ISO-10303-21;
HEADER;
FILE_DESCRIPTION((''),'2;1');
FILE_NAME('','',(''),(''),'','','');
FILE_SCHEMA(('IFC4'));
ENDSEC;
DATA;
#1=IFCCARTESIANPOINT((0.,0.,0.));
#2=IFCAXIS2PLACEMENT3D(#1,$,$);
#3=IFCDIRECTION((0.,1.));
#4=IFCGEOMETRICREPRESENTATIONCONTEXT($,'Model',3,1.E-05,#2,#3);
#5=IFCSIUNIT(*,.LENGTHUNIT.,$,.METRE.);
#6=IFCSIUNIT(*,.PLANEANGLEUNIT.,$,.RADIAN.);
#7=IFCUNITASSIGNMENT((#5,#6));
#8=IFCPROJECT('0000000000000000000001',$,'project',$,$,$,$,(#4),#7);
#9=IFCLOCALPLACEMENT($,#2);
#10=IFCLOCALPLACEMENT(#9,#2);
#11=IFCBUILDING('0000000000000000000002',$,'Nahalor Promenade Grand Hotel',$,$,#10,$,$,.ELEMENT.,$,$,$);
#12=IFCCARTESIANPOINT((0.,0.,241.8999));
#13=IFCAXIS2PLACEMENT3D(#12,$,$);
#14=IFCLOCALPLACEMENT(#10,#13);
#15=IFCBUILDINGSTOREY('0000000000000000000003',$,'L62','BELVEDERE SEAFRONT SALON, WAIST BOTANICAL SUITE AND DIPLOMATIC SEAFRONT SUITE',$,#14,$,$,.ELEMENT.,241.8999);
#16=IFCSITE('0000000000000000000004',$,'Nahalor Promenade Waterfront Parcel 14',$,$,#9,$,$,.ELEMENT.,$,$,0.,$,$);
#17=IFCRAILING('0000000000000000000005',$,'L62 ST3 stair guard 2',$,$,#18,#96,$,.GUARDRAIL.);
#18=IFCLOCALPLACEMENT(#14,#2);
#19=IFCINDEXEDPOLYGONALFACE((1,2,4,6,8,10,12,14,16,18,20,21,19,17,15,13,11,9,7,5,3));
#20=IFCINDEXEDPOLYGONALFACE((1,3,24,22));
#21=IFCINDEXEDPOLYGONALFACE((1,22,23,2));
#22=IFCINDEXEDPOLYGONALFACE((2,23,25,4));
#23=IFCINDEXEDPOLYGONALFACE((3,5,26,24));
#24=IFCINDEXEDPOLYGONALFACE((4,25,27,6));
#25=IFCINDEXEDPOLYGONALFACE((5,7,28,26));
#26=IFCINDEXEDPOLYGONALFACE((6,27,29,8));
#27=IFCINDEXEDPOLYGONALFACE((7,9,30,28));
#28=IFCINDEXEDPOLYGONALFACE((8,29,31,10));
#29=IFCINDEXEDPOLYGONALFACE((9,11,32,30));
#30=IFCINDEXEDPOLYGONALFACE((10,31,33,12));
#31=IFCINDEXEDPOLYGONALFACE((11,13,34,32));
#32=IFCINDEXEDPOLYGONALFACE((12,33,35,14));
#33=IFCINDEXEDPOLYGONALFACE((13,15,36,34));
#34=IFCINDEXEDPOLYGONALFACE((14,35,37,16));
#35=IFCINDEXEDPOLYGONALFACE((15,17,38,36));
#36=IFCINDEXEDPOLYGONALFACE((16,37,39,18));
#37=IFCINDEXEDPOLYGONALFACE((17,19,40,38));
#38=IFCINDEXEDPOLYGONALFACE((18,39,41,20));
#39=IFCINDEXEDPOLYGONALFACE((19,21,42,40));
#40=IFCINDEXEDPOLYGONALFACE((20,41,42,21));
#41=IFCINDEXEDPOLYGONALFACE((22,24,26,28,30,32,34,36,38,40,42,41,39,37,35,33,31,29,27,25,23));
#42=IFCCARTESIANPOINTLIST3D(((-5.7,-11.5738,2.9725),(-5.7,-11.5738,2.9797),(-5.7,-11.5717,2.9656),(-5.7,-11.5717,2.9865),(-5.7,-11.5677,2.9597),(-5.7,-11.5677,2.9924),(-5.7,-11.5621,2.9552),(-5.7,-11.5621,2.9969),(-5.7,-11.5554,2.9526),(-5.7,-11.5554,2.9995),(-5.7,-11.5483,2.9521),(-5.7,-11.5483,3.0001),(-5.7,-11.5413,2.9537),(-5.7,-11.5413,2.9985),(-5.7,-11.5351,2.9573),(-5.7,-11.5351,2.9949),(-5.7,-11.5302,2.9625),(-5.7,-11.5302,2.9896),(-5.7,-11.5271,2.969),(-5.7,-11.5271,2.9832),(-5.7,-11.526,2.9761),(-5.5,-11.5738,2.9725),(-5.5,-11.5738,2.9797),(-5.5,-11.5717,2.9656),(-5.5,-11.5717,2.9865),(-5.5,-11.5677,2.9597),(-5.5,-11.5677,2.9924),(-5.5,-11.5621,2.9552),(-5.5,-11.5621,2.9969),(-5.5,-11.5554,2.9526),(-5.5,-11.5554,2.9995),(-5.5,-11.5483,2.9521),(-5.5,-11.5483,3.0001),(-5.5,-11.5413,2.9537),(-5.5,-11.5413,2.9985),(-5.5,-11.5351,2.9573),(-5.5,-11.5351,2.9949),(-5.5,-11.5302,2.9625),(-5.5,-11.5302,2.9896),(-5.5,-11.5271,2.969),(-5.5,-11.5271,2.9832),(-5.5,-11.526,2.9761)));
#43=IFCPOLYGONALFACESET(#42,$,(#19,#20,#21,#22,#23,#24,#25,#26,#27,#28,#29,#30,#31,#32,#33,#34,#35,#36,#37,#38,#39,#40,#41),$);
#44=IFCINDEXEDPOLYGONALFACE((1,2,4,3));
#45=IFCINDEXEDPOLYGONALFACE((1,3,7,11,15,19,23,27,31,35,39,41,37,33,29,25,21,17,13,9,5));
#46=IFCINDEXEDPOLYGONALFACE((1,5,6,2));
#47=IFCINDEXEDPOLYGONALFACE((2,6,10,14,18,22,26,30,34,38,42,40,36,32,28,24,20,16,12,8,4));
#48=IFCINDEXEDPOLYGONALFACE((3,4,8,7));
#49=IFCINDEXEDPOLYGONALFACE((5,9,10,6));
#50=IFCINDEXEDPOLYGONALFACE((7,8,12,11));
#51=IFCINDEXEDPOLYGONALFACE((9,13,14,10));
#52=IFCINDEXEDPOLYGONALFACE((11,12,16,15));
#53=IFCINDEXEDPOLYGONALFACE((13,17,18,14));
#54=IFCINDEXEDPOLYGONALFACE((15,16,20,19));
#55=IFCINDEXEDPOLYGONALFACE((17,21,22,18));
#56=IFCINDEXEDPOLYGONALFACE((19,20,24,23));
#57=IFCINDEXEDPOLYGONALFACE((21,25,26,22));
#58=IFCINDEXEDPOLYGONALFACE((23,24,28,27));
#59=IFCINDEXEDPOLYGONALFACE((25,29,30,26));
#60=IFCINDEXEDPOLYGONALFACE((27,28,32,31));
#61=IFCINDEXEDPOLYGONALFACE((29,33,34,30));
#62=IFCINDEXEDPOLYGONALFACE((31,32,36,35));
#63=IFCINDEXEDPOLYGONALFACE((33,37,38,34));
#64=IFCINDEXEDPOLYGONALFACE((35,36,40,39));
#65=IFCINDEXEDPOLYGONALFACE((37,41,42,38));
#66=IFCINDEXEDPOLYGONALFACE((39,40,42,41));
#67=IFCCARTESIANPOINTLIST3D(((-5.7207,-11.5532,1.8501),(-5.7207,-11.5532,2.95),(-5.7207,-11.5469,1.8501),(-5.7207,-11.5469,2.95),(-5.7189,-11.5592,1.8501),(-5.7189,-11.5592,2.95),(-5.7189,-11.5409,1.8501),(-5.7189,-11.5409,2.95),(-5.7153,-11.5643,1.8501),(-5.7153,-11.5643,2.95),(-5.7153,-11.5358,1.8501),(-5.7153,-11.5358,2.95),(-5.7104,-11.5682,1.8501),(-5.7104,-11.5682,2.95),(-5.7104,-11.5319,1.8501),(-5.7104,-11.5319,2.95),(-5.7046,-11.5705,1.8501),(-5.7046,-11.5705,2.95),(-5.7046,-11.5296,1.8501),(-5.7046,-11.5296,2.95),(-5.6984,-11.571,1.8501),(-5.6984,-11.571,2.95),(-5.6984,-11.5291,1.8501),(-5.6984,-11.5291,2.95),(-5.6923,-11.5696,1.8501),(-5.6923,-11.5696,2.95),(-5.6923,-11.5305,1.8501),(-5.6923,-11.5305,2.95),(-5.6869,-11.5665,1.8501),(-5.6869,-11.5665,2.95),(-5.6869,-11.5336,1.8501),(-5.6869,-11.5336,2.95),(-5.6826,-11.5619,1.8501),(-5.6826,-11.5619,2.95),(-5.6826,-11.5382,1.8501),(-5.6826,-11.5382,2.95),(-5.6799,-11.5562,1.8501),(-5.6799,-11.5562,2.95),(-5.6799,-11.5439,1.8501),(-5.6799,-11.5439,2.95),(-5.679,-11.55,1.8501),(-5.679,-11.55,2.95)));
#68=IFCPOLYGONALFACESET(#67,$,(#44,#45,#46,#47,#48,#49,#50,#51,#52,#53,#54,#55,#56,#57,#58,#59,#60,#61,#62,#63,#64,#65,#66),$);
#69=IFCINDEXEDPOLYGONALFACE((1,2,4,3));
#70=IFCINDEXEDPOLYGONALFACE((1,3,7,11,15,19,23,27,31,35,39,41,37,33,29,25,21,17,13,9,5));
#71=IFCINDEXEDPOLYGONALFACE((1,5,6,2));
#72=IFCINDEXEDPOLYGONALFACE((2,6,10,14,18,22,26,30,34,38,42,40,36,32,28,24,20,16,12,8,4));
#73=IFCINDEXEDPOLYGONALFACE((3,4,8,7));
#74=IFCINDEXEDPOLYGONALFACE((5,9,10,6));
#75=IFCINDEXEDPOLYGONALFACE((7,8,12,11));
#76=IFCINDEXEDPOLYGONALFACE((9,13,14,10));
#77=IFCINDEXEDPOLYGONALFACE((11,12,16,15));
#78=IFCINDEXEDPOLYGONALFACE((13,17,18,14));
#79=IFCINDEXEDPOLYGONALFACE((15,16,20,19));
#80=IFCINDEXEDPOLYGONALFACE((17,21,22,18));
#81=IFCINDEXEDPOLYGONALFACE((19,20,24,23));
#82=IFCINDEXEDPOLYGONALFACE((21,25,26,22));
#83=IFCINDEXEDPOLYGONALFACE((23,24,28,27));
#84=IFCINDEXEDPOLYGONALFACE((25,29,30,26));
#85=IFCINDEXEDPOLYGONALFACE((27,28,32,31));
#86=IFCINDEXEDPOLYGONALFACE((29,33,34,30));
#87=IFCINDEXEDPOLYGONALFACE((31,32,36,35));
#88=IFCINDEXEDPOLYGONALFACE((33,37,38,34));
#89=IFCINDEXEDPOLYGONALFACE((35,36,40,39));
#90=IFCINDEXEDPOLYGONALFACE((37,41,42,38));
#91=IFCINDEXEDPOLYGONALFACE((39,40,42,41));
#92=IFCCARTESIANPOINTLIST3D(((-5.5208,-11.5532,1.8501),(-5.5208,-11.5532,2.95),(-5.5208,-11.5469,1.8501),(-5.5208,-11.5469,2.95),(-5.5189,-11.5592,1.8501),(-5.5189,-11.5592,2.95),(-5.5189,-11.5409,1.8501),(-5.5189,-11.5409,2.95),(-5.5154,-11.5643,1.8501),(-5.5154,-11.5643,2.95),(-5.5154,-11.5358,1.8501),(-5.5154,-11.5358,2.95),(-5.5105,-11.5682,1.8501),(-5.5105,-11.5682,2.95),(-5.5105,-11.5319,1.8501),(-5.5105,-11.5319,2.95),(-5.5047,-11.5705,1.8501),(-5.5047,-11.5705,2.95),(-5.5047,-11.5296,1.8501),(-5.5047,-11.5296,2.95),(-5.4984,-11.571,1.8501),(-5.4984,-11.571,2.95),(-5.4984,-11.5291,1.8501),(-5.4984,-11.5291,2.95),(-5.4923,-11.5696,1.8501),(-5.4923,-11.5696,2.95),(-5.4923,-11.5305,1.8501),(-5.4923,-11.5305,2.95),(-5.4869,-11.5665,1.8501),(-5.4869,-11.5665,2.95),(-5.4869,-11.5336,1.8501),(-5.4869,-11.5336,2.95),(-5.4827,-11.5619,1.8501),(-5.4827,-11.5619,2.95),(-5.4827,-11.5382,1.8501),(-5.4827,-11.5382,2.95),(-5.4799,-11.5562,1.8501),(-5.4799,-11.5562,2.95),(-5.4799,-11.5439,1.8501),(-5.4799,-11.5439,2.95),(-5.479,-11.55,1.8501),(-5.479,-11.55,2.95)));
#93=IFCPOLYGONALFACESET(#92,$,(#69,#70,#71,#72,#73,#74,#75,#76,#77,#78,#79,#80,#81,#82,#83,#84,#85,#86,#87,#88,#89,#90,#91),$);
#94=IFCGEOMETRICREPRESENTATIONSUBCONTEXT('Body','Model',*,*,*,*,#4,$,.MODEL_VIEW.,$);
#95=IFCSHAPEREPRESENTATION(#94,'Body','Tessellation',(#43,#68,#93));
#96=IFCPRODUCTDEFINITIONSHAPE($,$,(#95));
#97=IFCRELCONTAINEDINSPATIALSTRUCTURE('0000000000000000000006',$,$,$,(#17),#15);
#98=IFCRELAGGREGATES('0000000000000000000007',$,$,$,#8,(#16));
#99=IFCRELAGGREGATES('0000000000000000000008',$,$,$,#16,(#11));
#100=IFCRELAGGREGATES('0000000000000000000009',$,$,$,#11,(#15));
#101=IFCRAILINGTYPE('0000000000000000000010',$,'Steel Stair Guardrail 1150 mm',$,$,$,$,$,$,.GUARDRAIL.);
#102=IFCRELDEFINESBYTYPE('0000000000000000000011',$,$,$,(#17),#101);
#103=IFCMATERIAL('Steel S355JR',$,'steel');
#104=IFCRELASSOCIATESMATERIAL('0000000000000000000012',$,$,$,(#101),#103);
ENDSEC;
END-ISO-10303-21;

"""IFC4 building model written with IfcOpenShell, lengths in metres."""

from ifc_helpers import new_model, si_unit, direction, frame, origin, origin_2d, place, context, subcontext, project, spatial, circle, extrude, material, type_object, element, save


model = new_model("IFC4")

# Units and contexts
model_context = context("Model", 3, precision=1e-05, world=origin(), true_north=direction((0.0, 1.0)))
body_context = subcontext(model_context, "Body", "Model", "MODEL_VIEW")
ifc_project = project(units=[si_unit("LENGTHUNIT", "METRE"), si_unit("PLANEANGLEUNIT", "RADIAN")], contexts=[model_context])

# Site, building, storey
site_placement = place(None, origin())
site = spatial("IfcSite", under=ifc_project, at=site_placement, Name="Nahalor Promenade Waterfront Parcel 14", CompositionType="ELEMENT", RefElevation=0.0)
building_placement = place(site_placement, origin())
building = spatial("IfcBuilding", under=site, at=building_placement, Name="Nahalor Promenade Grand Hotel", CompositionType="ELEMENT")
storey_placement = place(building_placement, frame((0.0, 0.0, 241.8999)))
storey = spatial("IfcBuildingStorey", under=building, at=storey_placement, Name="L62", Description="BELVEDERE SEAFRONT SALON, WAIST BOTANICAL SUITE AND DIPLOMATIC SEAFRONT SUITE", CompositionType="ELEMENT", Elevation=241.8999)

# Shared definitions
ifc_material_1 = material(Name="Steel S355JR", Category="steel")

# Railing
railing_type_1 = type_object("IfcRailingType", Name="Steel Stair Guardrail 1150 mm", PredefinedType="GUARDRAIL", material=ifc_material_1)
railing_1_placement = place(storey_placement, frame((-5.7, -11.55, 1.8501)))
element("IfcRailing", 1, at=railing_1_placement, inside=storey, type_object=railing_type_1, Name="L62 ST3 stair guard 2", PredefinedType="GUARDRAIL", context=body_context, shape_type="SweptSolid", body=[
    extrude(circle(Radius=0.024, at=origin_2d()), frame((0.0, 0.0, 1.126), z_axis=(1.0, 0.0, 0.0), x_axis=(0.0, 1.0, 0.0)), (0.0, 0.0, 1.0), 0.2),
    extrude(circle(Radius=0.021, at=origin_2d()), origin(), (0.0, 0.0, 1.0), 1.0999),
    extrude(circle(Radius=0.021, at=origin_2d()), frame((0.2, 0.0, 0.0)), (0.0, 0.0, 1.0), 1.0999),
])

save(model, "model.ifc")
